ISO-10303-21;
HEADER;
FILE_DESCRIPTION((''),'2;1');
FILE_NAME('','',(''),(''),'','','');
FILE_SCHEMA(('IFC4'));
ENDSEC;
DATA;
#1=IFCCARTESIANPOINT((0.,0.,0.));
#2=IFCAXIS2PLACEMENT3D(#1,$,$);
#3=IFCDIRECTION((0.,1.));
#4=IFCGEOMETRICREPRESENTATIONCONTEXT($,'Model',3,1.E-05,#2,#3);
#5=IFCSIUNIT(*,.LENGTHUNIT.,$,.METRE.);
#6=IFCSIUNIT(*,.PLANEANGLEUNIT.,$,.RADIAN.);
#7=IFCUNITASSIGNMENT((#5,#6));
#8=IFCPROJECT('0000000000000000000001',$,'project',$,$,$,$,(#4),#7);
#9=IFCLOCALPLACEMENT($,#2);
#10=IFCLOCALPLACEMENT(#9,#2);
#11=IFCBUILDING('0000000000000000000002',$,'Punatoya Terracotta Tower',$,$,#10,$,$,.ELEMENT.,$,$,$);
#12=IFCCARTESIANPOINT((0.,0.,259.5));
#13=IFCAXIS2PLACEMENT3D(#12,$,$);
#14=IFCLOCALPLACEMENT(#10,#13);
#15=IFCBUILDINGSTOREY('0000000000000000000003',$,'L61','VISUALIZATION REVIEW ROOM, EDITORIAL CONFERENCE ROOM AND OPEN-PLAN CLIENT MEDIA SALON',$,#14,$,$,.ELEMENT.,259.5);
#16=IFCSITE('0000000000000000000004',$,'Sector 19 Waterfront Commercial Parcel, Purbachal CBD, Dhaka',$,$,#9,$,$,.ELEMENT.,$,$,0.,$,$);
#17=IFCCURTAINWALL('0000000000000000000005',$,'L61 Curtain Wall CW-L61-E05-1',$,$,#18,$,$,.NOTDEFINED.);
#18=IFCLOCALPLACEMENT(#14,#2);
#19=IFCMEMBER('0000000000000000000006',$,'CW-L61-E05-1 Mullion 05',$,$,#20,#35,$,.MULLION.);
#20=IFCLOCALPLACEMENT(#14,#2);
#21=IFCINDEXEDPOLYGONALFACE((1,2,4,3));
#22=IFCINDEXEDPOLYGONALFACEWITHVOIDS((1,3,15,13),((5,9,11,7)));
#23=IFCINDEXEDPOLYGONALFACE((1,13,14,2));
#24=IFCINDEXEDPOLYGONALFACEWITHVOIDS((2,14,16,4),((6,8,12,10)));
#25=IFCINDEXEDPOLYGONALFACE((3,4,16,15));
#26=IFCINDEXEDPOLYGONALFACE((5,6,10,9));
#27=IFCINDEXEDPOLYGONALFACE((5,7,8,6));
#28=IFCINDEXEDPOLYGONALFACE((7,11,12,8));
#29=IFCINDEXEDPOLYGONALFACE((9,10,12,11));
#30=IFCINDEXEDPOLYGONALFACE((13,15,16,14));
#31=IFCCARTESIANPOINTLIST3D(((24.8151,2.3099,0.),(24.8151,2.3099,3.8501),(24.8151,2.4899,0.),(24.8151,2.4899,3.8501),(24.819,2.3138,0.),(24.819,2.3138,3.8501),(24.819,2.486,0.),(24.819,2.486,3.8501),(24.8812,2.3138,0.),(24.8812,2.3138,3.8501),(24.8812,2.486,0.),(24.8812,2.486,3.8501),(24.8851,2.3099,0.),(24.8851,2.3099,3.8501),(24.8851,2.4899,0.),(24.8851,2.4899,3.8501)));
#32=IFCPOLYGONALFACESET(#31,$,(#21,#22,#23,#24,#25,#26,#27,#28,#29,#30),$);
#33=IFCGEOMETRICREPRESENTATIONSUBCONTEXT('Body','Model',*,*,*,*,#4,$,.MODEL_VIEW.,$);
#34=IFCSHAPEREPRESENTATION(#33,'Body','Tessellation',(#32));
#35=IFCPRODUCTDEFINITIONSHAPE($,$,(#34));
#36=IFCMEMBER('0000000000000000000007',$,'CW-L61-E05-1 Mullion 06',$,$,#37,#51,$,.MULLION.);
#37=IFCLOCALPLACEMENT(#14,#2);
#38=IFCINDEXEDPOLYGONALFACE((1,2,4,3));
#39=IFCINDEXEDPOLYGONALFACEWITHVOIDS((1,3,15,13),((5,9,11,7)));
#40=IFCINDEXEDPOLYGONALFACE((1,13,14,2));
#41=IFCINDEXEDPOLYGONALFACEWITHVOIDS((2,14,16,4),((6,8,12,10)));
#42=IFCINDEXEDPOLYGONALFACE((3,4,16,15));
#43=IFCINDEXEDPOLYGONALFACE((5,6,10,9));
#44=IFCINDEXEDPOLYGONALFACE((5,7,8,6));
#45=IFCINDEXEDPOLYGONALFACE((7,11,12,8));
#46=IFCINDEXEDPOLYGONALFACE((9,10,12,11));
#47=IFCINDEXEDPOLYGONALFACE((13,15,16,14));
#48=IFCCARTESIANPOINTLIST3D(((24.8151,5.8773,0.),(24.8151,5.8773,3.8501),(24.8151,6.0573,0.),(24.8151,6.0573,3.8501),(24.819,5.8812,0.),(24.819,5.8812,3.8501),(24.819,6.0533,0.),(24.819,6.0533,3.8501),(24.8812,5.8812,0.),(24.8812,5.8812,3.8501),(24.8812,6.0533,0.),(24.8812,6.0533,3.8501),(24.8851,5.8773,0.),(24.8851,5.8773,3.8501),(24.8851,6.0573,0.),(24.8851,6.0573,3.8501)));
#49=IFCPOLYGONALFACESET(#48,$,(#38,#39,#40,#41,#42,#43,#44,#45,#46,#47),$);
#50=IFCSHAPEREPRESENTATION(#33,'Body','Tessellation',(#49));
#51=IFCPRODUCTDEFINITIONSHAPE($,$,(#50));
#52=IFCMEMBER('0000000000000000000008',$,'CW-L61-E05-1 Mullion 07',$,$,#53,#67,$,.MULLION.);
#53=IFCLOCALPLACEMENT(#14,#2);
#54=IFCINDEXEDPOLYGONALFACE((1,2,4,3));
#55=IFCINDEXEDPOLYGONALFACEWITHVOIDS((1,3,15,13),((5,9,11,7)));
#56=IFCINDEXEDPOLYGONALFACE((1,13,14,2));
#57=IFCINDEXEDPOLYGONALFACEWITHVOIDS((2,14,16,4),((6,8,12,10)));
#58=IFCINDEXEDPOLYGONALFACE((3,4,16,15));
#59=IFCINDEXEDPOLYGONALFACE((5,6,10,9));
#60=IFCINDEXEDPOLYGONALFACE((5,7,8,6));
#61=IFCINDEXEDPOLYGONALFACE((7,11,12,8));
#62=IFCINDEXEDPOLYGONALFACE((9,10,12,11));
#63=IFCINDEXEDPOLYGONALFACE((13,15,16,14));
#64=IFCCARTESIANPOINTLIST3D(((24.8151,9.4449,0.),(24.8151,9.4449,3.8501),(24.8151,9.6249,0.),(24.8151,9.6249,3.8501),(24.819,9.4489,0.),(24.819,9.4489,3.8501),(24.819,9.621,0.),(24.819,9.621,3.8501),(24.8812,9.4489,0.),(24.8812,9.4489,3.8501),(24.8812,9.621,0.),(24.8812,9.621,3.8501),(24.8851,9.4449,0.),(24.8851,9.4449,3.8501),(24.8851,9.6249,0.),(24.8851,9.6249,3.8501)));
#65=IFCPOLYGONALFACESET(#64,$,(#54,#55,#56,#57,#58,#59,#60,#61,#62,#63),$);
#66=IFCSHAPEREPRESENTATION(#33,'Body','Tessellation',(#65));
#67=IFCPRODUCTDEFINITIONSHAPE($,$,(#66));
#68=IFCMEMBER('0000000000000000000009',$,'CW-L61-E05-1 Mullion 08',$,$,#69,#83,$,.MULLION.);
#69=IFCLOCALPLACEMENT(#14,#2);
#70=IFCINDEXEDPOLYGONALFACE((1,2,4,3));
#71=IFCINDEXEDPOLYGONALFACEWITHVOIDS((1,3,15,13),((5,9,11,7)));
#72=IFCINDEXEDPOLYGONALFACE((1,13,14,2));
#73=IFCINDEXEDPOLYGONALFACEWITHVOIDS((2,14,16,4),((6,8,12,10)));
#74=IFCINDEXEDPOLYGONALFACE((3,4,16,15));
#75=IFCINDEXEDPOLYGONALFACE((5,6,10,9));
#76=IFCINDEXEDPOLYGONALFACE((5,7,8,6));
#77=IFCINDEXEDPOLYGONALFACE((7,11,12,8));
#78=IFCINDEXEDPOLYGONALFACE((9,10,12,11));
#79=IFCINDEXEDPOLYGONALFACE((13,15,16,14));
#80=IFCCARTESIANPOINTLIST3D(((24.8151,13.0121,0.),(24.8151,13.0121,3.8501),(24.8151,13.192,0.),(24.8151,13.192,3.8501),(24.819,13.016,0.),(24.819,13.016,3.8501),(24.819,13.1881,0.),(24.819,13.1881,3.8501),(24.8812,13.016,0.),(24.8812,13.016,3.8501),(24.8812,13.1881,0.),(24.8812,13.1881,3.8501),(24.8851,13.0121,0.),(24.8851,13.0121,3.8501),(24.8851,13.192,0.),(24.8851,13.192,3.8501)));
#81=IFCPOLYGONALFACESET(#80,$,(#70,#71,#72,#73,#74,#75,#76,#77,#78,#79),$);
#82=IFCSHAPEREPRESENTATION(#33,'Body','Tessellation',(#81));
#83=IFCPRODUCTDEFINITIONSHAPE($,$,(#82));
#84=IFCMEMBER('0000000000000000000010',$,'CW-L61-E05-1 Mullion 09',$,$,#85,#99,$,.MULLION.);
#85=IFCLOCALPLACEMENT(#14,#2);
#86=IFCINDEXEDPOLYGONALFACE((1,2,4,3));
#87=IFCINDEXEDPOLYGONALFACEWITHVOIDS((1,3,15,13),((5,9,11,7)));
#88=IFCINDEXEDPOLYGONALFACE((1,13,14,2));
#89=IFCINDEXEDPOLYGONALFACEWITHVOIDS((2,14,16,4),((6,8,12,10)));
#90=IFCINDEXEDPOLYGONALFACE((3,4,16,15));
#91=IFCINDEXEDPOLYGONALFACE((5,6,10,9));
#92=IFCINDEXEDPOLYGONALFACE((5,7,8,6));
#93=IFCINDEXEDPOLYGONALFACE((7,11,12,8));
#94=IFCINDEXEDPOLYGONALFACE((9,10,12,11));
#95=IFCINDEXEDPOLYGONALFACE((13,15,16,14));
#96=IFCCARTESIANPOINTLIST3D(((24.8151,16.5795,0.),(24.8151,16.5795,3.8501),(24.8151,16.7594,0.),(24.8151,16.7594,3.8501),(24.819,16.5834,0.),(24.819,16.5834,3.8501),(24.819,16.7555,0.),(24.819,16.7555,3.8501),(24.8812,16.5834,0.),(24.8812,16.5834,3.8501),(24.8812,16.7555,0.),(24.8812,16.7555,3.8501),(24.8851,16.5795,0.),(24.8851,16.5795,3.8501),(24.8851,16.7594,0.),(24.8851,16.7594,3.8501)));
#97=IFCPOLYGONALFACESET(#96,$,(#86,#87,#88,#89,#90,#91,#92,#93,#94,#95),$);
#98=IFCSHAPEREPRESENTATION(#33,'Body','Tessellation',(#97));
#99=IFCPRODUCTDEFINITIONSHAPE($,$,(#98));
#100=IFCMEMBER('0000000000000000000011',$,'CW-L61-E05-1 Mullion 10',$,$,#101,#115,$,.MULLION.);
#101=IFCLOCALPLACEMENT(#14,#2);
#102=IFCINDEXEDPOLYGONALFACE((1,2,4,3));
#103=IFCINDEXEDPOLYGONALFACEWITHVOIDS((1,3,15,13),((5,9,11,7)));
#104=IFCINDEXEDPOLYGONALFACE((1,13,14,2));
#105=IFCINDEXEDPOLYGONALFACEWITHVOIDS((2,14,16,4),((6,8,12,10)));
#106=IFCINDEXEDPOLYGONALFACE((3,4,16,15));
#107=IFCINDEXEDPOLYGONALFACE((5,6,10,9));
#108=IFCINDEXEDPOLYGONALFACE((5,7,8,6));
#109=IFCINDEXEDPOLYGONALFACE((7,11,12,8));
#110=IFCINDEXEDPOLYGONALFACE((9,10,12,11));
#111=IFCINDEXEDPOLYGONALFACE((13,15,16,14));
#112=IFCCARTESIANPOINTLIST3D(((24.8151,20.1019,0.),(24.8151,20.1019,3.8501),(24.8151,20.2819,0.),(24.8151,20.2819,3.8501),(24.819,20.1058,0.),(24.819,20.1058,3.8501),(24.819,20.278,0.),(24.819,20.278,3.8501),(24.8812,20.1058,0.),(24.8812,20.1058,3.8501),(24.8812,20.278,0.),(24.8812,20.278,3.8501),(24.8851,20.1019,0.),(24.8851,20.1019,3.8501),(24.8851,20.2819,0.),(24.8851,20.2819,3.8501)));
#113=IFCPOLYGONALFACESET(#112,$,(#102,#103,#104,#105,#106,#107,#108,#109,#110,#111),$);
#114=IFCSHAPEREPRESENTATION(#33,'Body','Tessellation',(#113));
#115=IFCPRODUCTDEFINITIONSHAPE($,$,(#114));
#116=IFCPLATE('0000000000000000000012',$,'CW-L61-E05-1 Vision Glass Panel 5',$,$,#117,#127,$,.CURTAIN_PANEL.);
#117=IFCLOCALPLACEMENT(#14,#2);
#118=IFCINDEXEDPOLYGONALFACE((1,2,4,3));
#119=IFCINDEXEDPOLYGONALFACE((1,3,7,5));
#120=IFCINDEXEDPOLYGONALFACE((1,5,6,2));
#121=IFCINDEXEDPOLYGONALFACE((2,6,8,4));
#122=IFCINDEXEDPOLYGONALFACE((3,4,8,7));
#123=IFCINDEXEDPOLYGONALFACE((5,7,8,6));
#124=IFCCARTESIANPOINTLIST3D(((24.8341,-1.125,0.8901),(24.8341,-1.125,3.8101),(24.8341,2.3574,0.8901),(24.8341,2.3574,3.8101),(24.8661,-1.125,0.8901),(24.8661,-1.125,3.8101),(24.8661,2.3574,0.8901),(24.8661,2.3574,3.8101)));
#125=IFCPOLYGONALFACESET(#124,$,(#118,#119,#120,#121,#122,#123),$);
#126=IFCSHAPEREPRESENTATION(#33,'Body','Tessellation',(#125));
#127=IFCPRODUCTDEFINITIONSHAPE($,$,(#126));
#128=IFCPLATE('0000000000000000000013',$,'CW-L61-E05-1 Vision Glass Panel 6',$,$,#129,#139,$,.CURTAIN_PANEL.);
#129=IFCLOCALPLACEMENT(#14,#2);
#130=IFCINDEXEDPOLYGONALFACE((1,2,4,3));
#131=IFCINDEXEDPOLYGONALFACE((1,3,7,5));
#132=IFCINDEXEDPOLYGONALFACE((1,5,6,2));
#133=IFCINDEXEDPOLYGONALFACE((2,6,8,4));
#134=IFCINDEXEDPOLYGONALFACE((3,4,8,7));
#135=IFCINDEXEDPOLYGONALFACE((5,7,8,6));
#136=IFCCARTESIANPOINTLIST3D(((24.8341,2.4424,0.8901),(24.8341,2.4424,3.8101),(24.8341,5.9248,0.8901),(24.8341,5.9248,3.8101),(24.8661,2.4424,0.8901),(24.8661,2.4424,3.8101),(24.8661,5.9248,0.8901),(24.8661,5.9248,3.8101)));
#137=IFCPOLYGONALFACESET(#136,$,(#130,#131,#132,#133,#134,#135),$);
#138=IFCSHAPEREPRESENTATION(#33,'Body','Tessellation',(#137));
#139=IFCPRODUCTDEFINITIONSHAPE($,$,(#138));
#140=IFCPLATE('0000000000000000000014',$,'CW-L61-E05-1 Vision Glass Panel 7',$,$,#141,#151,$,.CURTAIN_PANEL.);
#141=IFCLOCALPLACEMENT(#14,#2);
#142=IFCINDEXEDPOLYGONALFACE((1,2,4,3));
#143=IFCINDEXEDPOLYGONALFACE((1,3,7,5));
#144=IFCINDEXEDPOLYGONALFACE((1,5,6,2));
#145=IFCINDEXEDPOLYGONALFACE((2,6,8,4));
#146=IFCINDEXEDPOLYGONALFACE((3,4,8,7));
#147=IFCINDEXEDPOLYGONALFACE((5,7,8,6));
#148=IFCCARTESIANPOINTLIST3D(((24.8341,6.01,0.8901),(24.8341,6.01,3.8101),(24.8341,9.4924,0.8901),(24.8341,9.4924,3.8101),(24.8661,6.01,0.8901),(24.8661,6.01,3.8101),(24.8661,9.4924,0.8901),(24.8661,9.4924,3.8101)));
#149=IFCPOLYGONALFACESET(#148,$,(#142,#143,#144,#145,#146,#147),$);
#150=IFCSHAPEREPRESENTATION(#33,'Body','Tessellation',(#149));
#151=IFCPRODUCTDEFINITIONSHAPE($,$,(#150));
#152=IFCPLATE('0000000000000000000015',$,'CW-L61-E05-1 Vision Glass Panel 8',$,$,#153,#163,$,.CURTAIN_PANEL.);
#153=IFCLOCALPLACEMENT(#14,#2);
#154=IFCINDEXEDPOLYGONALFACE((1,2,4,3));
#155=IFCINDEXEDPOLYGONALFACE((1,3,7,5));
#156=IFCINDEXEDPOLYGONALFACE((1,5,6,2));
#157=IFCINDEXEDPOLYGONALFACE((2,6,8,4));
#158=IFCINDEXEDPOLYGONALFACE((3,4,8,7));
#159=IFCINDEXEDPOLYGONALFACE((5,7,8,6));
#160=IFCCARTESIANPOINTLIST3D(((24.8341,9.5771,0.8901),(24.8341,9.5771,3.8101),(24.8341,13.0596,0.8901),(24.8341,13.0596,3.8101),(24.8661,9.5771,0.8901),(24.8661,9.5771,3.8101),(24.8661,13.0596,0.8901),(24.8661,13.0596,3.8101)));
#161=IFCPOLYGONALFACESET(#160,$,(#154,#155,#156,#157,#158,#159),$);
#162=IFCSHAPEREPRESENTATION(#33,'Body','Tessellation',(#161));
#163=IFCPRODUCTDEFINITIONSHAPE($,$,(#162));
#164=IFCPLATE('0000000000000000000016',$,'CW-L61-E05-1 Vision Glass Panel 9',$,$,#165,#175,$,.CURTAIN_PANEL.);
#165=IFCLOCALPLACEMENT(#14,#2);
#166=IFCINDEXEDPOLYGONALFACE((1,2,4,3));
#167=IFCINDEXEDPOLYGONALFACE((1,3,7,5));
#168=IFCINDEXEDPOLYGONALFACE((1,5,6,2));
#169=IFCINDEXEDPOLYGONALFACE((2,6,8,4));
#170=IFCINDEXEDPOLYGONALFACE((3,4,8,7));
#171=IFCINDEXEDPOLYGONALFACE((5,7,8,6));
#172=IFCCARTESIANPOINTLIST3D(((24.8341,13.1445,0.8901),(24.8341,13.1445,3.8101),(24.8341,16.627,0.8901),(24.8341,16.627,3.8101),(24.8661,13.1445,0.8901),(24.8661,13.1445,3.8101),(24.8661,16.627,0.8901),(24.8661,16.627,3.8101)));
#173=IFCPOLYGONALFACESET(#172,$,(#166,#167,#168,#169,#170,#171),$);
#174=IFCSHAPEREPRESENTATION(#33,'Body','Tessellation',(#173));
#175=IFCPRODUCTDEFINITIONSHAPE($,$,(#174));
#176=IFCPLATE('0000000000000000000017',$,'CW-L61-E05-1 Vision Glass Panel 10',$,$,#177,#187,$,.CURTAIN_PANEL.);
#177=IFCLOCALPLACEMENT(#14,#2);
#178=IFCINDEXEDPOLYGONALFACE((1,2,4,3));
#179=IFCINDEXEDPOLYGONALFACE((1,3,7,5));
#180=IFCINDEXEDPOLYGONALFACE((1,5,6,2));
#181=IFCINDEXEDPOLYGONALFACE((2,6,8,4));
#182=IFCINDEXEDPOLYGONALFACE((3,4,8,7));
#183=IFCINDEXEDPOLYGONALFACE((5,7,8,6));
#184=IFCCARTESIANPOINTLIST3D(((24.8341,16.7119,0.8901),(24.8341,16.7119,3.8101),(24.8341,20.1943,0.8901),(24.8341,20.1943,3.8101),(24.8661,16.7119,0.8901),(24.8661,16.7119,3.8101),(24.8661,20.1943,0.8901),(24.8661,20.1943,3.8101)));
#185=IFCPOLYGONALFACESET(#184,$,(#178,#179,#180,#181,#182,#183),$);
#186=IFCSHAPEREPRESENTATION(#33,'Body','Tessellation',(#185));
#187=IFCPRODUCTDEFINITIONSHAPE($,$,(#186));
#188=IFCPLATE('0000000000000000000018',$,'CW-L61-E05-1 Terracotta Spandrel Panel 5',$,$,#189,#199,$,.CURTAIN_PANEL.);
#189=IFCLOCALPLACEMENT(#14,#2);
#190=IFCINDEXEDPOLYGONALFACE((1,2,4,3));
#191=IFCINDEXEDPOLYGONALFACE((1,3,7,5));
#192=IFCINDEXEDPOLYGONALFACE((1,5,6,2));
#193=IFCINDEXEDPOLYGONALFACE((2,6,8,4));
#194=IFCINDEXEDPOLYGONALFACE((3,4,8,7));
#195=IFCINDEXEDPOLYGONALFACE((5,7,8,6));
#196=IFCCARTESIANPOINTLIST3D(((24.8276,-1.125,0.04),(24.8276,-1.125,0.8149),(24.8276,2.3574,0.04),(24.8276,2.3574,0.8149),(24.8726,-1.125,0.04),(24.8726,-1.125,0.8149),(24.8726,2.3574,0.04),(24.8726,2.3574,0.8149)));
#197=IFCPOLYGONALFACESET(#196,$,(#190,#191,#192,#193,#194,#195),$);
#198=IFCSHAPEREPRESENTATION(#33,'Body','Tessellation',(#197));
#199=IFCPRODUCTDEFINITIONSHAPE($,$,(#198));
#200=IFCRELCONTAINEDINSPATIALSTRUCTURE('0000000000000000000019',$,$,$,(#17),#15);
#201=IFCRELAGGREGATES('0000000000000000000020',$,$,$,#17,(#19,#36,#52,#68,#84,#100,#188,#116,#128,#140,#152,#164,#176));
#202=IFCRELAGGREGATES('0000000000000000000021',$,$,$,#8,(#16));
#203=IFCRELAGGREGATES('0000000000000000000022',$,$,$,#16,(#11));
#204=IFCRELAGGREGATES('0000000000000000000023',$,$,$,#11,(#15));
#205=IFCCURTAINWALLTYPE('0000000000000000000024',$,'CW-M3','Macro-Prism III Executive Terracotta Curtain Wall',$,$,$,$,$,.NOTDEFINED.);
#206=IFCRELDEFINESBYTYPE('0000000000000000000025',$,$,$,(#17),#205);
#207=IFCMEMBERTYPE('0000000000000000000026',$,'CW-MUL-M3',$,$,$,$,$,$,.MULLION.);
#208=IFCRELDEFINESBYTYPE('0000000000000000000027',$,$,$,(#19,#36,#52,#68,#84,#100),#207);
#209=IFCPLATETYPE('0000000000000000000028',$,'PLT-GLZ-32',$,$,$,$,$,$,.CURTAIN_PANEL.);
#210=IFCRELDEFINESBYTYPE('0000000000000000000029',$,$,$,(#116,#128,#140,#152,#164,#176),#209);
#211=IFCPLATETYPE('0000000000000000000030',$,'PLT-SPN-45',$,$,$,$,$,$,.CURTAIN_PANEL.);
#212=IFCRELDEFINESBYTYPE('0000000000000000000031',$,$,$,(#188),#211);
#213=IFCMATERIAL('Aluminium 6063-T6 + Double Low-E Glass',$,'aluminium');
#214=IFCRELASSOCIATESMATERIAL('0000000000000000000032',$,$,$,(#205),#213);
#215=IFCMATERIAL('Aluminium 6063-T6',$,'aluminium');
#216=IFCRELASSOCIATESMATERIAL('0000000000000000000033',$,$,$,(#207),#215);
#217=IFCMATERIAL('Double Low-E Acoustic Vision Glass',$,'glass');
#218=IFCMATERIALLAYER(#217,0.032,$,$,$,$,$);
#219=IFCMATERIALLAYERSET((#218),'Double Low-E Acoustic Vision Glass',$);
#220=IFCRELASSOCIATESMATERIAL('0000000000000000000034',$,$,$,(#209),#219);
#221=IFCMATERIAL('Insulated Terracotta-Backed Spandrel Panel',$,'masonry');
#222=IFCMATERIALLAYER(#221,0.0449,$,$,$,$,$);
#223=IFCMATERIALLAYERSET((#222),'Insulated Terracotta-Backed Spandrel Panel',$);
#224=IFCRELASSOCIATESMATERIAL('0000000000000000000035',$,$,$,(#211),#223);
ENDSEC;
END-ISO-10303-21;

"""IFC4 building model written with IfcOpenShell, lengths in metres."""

from ifc_helpers import new_model, si_unit, direction, frame, origin, origin_2d, place, context, subcontext, project, spatial, rectangle, hollow_rectangle, extrude, material, layer, layer_set, material_profile, profile_set, type_object, element, aggregate, save


model = new_model("IFC4")

# Units and contexts
model_context = context("Model", 3, precision=1e-05, world=origin(), true_north=direction((0.0, 1.0)))
body_context = subcontext(model_context, "Body", "Model", "MODEL_VIEW")
ifc_project = project(units=[si_unit("LENGTHUNIT", "METRE"), si_unit("PLANEANGLEUNIT", "RADIAN")], contexts=[model_context])

# Site, building, storey
site_placement = place(None, origin())
site = spatial("IfcSite", under=ifc_project, at=site_placement, Name="Sector 19 Waterfront Commercial Parcel, Purbachal CBD, Dhaka", CompositionType="ELEMENT", RefElevation=0.0)
building_placement = place(site_placement, origin())
building = spatial("IfcBuilding", under=site, at=building_placement, Name="Punatoya Terracotta Tower", CompositionType="ELEMENT")
storey_placement = place(building_placement, frame((0.0, 0.0, 259.5)))
storey = spatial("IfcBuildingStorey", under=building, at=storey_placement, Name="L61", Description="VISUALIZATION REVIEW ROOM, EDITORIAL CONFERENCE ROOM AND OPEN-PLAN CLIENT MEDIA SALON", CompositionType="ELEMENT", Elevation=259.5)

# Curtain wall, members, plates
ifc_material_1 = material(Name="Aluminium 6063-T6 + Double Low-E Glass", Category="aluminium")
curtain_wall_type = type_object("IfcCurtainWallType", Name="CW-M3", Description="Macro-Prism III Executive Terracotta Curtain Wall", PredefinedType="NOTDEFINED", material=ifc_material_1)
curtain_wall_placement = place(storey_placement, origin())
curtain_wall = element("IfcCurtainWall", 1, at=curtain_wall_placement, inside=storey, type_object=curtain_wall_type, Name="L61 Curtain Wall CW-L61-E05-1", PredefinedType="NOTDEFINED")
ifc_material_2 = material(Name="Aluminium 6063-T6", Category="aluminium")
ifc_material_profile_1 = material_profile(ifc_material_2, hollow_rectangle(XDim=0.0701, YDim=0.1799, WallThickness=0.0039, at=origin_2d()))
ifc_profile_set_1 = profile_set([ifc_material_profile_1], Name="Aluminium 6063-T6")
member_type = type_object("IfcMemberType", Name="CW-MUL-M3", PredefinedType="MULLION", material=ifc_profile_set_1)
member_1_placement = place(storey_placement, frame((24.8501, 2.3999, 0.0), z_axis=(0.0, 0.0, 1.0), x_axis=(1.0, 0.0, 0.0)))
member_1 = element("IfcMember", 2, at=member_1_placement, type_object=member_type, Name="CW-L61-E05-1 Mullion 05", PredefinedType="MULLION", context=body_context, shape_type="SweptSolid", body=[
    extrude(hollow_rectangle(XDim=0.0701, YDim=0.1799, WallThickness=0.0039, at=origin_2d()), origin(), (0.0, 0.0, 1.0), 3.8501),
])
member_2_placement = place(storey_placement, frame((24.8501, 5.9673, 0.0), z_axis=(0.0, 0.0, 1.0), x_axis=(1.0, 0.0, 0.0)))
member_2 = element("IfcMember", 3, at=member_2_placement, type_object=member_type, Name="CW-L61-E05-1 Mullion 06", PredefinedType="MULLION", context=body_context, shape_type="SweptSolid", body=[
    extrude(hollow_rectangle(XDim=0.0701, YDim=0.1799, WallThickness=0.0039, at=origin_2d()), origin(), (0.0, 0.0, 1.0), 3.8501),
])
member_3_placement = place(storey_placement, frame((24.8501, 9.5349, 0.0), z_axis=(0.0, 0.0, 1.0), x_axis=(1.0, 0.0, 0.0)))
member_3 = element("IfcMember", 4, at=member_3_placement, type_object=member_type, Name="CW-L61-E05-1 Mullion 07", PredefinedType="MULLION", context=body_context, shape_type="SweptSolid", body=[
    extrude(hollow_rectangle(XDim=0.0701, YDim=0.1799, WallThickness=0.0039, at=origin_2d()), origin(), (0.0, 0.0, 1.0), 3.8501),
])
member_4_placement = place(storey_placement, frame((24.8501, 13.1021, 0.0), z_axis=(0.0, 0.0, 1.0), x_axis=(1.0, 0.0, 0.0)))
member_4 = element("IfcMember", 5, at=member_4_placement, type_object=member_type, Name="CW-L61-E05-1 Mullion 08", PredefinedType="MULLION", context=body_context, shape_type="SweptSolid", body=[
    extrude(hollow_rectangle(XDim=0.0701, YDim=0.1799, WallThickness=0.0039, at=origin_2d()), origin(), (0.0, 0.0, 1.0), 3.8501),
])
member_5_placement = place(storey_placement, frame((24.8501, 16.6694, 0.0), z_axis=(0.0, 0.0, 1.0), x_axis=(1.0, 0.0, 0.0)))
member_5 = element("IfcMember", 6, at=member_5_placement, type_object=member_type, Name="CW-L61-E05-1 Mullion 09", PredefinedType="MULLION", context=body_context, shape_type="SweptSolid", body=[
    extrude(hollow_rectangle(XDim=0.0701, YDim=0.1799, WallThickness=0.0039, at=origin_2d()), origin(), (0.0, 0.0, 1.0), 3.8501),
])
member_6_placement = place(storey_placement, frame((24.8501, 20.1919, 0.0), z_axis=(0.0, 0.0, 1.0), x_axis=(1.0, 0.0, 0.0)))
member_6 = element("IfcMember", 7, at=member_6_placement, type_object=member_type, Name="CW-L61-E05-1 Mullion 10", PredefinedType="MULLION", context=body_context, shape_type="SweptSolid", body=[
    extrude(hollow_rectangle(XDim=0.0701, YDim=0.1799, WallThickness=0.0039, at=origin_2d()), origin(), (0.0, 0.0, 1.0), 3.8501),
])
ifc_material_3 = material(Name="Double Low-E Acoustic Vision Glass", Category="glass")
ifc_layer_1 = layer(ifc_material_3, 0.032)
ifc_layer_set_1 = layer_set([ifc_layer_1], Name="Double Low-E Acoustic Vision Glass")
plate_type_1 = type_object("IfcPlateType", Name="PLT-GLZ-32", PredefinedType="CURTAIN_PANEL", material=ifc_layer_set_1)
plate_1_placement = place(storey_placement, frame((24.8501, 0.6162, 0.8901), z_axis=(0.0, 0.0, 1.0), x_axis=(0.0, 1.0, 0.0)))
plate_1 = element("IfcPlate", 8, at=plate_1_placement, type_object=plate_type_1, Name="CW-L61-E05-1 Vision Glass Panel 5", PredefinedType="CURTAIN_PANEL", context=body_context, shape_type="SweptSolid", body=[
    extrude(rectangle(XDim=3.4824, YDim=0.032, at=origin_2d()), origin(), (0.0, 0.0, 1.0), 2.9199),
])
plate_2_placement = place(storey_placement, frame((24.8501, 4.1836, 0.8901), z_axis=(0.0, 0.0, 1.0), x_axis=(0.0, 1.0, 0.0)))
plate_2 = element("IfcPlate", 9, at=plate_2_placement, type_object=plate_type_1, Name="CW-L61-E05-1 Vision Glass Panel 6", PredefinedType="CURTAIN_PANEL", context=body_context, shape_type="SweptSolid", body=[
    extrude(rectangle(XDim=3.4824, YDim=0.032, at=origin_2d()), origin(), (0.0, 0.0, 1.0), 2.9199),
])
plate_3_placement = place(storey_placement, frame((24.8501, 7.7512, 0.8901), z_axis=(0.0, 0.0, 1.0), x_axis=(0.0, 1.0, 0.0)))
plate_3 = element("IfcPlate", 10, at=plate_3_placement, type_object=plate_type_1, Name="CW-L61-E05-1 Vision Glass Panel 7", PredefinedType="CURTAIN_PANEL", context=body_context, shape_type="SweptSolid", body=[
    extrude(rectangle(XDim=3.4824, YDim=0.032, at=origin_2d()), origin(), (0.0, 0.0, 1.0), 2.9199),
])
plate_4_placement = place(storey_placement, frame((24.8501, 11.3184, 0.8901), z_axis=(0.0, 0.0, 1.0), x_axis=(0.0, 1.0, 0.0)))
plate_4 = element("IfcPlate", 11, at=plate_4_placement, type_object=plate_type_1, Name="CW-L61-E05-1 Vision Glass Panel 8", PredefinedType="CURTAIN_PANEL", context=body_context, shape_type="SweptSolid", body=[
    extrude(rectangle(XDim=3.4824, YDim=0.032, at=origin_2d()), origin(), (0.0, 0.0, 1.0), 2.9199),
])
plate_5_placement = place(storey_placement, frame((24.8501, 14.8857, 0.8901), z_axis=(0.0, 0.0, 1.0), x_axis=(0.0, 1.0, 0.0)))
plate_5 = element("IfcPlate", 12, at=plate_5_placement, type_object=plate_type_1, Name="CW-L61-E05-1 Vision Glass Panel 9", PredefinedType="CURTAIN_PANEL", context=body_context, shape_type="SweptSolid", body=[
    extrude(rectangle(XDim=3.4824, YDim=0.032, at=origin_2d()), origin(), (0.0, 0.0, 1.0), 2.9199),
])
plate_6_placement = place(storey_placement, frame((24.8501, 18.4531, 0.8901), z_axis=(0.0, 0.0, 1.0), x_axis=(0.0, 1.0, 0.0)))
plate_6 = element("IfcPlate", 13, at=plate_6_placement, type_object=plate_type_1, Name="CW-L61-E05-1 Vision Glass Panel 10", PredefinedType="CURTAIN_PANEL", context=body_context, shape_type="SweptSolid", body=[
    extrude(rectangle(XDim=3.4824, YDim=0.032, at=origin_2d()), origin(), (0.0, 0.0, 1.0), 2.9199),
])
ifc_material_4 = material(Name="Insulated Terracotta-Backed Spandrel Panel", Category="masonry")
ifc_layer_2 = layer(ifc_material_4, 0.0449)
ifc_layer_set_2 = layer_set([ifc_layer_2], Name="Insulated Terracotta-Backed Spandrel Panel")
plate_type_2 = type_object("IfcPlateType", Name="PLT-SPN-45", PredefinedType="CURTAIN_PANEL", material=ifc_layer_set_2)
plate_7_placement = place(storey_placement, frame((24.8501, 0.6162, 0.04), z_axis=(0.0, 0.0, 1.0), x_axis=(0.0, 1.0, 0.0)))
plate_7 = element("IfcPlate", 14, at=plate_7_placement, type_object=plate_type_2, Name="CW-L61-E05-1 Terracotta Spandrel Panel 5", PredefinedType="CURTAIN_PANEL", context=body_context, shape_type="SweptSolid", body=[
    extrude(rectangle(XDim=3.4824, YDim=0.0449, at=origin_2d()), origin(), (0.0, 0.0, 1.0), 0.7749),
])
aggregate(curtain_wall, [member_1, member_2, member_3, member_4, member_5, member_6, plate_7, plate_1, plate_2, plate_3, plate_4, plate_5, plate_6])

save(model, "model.ifc")
